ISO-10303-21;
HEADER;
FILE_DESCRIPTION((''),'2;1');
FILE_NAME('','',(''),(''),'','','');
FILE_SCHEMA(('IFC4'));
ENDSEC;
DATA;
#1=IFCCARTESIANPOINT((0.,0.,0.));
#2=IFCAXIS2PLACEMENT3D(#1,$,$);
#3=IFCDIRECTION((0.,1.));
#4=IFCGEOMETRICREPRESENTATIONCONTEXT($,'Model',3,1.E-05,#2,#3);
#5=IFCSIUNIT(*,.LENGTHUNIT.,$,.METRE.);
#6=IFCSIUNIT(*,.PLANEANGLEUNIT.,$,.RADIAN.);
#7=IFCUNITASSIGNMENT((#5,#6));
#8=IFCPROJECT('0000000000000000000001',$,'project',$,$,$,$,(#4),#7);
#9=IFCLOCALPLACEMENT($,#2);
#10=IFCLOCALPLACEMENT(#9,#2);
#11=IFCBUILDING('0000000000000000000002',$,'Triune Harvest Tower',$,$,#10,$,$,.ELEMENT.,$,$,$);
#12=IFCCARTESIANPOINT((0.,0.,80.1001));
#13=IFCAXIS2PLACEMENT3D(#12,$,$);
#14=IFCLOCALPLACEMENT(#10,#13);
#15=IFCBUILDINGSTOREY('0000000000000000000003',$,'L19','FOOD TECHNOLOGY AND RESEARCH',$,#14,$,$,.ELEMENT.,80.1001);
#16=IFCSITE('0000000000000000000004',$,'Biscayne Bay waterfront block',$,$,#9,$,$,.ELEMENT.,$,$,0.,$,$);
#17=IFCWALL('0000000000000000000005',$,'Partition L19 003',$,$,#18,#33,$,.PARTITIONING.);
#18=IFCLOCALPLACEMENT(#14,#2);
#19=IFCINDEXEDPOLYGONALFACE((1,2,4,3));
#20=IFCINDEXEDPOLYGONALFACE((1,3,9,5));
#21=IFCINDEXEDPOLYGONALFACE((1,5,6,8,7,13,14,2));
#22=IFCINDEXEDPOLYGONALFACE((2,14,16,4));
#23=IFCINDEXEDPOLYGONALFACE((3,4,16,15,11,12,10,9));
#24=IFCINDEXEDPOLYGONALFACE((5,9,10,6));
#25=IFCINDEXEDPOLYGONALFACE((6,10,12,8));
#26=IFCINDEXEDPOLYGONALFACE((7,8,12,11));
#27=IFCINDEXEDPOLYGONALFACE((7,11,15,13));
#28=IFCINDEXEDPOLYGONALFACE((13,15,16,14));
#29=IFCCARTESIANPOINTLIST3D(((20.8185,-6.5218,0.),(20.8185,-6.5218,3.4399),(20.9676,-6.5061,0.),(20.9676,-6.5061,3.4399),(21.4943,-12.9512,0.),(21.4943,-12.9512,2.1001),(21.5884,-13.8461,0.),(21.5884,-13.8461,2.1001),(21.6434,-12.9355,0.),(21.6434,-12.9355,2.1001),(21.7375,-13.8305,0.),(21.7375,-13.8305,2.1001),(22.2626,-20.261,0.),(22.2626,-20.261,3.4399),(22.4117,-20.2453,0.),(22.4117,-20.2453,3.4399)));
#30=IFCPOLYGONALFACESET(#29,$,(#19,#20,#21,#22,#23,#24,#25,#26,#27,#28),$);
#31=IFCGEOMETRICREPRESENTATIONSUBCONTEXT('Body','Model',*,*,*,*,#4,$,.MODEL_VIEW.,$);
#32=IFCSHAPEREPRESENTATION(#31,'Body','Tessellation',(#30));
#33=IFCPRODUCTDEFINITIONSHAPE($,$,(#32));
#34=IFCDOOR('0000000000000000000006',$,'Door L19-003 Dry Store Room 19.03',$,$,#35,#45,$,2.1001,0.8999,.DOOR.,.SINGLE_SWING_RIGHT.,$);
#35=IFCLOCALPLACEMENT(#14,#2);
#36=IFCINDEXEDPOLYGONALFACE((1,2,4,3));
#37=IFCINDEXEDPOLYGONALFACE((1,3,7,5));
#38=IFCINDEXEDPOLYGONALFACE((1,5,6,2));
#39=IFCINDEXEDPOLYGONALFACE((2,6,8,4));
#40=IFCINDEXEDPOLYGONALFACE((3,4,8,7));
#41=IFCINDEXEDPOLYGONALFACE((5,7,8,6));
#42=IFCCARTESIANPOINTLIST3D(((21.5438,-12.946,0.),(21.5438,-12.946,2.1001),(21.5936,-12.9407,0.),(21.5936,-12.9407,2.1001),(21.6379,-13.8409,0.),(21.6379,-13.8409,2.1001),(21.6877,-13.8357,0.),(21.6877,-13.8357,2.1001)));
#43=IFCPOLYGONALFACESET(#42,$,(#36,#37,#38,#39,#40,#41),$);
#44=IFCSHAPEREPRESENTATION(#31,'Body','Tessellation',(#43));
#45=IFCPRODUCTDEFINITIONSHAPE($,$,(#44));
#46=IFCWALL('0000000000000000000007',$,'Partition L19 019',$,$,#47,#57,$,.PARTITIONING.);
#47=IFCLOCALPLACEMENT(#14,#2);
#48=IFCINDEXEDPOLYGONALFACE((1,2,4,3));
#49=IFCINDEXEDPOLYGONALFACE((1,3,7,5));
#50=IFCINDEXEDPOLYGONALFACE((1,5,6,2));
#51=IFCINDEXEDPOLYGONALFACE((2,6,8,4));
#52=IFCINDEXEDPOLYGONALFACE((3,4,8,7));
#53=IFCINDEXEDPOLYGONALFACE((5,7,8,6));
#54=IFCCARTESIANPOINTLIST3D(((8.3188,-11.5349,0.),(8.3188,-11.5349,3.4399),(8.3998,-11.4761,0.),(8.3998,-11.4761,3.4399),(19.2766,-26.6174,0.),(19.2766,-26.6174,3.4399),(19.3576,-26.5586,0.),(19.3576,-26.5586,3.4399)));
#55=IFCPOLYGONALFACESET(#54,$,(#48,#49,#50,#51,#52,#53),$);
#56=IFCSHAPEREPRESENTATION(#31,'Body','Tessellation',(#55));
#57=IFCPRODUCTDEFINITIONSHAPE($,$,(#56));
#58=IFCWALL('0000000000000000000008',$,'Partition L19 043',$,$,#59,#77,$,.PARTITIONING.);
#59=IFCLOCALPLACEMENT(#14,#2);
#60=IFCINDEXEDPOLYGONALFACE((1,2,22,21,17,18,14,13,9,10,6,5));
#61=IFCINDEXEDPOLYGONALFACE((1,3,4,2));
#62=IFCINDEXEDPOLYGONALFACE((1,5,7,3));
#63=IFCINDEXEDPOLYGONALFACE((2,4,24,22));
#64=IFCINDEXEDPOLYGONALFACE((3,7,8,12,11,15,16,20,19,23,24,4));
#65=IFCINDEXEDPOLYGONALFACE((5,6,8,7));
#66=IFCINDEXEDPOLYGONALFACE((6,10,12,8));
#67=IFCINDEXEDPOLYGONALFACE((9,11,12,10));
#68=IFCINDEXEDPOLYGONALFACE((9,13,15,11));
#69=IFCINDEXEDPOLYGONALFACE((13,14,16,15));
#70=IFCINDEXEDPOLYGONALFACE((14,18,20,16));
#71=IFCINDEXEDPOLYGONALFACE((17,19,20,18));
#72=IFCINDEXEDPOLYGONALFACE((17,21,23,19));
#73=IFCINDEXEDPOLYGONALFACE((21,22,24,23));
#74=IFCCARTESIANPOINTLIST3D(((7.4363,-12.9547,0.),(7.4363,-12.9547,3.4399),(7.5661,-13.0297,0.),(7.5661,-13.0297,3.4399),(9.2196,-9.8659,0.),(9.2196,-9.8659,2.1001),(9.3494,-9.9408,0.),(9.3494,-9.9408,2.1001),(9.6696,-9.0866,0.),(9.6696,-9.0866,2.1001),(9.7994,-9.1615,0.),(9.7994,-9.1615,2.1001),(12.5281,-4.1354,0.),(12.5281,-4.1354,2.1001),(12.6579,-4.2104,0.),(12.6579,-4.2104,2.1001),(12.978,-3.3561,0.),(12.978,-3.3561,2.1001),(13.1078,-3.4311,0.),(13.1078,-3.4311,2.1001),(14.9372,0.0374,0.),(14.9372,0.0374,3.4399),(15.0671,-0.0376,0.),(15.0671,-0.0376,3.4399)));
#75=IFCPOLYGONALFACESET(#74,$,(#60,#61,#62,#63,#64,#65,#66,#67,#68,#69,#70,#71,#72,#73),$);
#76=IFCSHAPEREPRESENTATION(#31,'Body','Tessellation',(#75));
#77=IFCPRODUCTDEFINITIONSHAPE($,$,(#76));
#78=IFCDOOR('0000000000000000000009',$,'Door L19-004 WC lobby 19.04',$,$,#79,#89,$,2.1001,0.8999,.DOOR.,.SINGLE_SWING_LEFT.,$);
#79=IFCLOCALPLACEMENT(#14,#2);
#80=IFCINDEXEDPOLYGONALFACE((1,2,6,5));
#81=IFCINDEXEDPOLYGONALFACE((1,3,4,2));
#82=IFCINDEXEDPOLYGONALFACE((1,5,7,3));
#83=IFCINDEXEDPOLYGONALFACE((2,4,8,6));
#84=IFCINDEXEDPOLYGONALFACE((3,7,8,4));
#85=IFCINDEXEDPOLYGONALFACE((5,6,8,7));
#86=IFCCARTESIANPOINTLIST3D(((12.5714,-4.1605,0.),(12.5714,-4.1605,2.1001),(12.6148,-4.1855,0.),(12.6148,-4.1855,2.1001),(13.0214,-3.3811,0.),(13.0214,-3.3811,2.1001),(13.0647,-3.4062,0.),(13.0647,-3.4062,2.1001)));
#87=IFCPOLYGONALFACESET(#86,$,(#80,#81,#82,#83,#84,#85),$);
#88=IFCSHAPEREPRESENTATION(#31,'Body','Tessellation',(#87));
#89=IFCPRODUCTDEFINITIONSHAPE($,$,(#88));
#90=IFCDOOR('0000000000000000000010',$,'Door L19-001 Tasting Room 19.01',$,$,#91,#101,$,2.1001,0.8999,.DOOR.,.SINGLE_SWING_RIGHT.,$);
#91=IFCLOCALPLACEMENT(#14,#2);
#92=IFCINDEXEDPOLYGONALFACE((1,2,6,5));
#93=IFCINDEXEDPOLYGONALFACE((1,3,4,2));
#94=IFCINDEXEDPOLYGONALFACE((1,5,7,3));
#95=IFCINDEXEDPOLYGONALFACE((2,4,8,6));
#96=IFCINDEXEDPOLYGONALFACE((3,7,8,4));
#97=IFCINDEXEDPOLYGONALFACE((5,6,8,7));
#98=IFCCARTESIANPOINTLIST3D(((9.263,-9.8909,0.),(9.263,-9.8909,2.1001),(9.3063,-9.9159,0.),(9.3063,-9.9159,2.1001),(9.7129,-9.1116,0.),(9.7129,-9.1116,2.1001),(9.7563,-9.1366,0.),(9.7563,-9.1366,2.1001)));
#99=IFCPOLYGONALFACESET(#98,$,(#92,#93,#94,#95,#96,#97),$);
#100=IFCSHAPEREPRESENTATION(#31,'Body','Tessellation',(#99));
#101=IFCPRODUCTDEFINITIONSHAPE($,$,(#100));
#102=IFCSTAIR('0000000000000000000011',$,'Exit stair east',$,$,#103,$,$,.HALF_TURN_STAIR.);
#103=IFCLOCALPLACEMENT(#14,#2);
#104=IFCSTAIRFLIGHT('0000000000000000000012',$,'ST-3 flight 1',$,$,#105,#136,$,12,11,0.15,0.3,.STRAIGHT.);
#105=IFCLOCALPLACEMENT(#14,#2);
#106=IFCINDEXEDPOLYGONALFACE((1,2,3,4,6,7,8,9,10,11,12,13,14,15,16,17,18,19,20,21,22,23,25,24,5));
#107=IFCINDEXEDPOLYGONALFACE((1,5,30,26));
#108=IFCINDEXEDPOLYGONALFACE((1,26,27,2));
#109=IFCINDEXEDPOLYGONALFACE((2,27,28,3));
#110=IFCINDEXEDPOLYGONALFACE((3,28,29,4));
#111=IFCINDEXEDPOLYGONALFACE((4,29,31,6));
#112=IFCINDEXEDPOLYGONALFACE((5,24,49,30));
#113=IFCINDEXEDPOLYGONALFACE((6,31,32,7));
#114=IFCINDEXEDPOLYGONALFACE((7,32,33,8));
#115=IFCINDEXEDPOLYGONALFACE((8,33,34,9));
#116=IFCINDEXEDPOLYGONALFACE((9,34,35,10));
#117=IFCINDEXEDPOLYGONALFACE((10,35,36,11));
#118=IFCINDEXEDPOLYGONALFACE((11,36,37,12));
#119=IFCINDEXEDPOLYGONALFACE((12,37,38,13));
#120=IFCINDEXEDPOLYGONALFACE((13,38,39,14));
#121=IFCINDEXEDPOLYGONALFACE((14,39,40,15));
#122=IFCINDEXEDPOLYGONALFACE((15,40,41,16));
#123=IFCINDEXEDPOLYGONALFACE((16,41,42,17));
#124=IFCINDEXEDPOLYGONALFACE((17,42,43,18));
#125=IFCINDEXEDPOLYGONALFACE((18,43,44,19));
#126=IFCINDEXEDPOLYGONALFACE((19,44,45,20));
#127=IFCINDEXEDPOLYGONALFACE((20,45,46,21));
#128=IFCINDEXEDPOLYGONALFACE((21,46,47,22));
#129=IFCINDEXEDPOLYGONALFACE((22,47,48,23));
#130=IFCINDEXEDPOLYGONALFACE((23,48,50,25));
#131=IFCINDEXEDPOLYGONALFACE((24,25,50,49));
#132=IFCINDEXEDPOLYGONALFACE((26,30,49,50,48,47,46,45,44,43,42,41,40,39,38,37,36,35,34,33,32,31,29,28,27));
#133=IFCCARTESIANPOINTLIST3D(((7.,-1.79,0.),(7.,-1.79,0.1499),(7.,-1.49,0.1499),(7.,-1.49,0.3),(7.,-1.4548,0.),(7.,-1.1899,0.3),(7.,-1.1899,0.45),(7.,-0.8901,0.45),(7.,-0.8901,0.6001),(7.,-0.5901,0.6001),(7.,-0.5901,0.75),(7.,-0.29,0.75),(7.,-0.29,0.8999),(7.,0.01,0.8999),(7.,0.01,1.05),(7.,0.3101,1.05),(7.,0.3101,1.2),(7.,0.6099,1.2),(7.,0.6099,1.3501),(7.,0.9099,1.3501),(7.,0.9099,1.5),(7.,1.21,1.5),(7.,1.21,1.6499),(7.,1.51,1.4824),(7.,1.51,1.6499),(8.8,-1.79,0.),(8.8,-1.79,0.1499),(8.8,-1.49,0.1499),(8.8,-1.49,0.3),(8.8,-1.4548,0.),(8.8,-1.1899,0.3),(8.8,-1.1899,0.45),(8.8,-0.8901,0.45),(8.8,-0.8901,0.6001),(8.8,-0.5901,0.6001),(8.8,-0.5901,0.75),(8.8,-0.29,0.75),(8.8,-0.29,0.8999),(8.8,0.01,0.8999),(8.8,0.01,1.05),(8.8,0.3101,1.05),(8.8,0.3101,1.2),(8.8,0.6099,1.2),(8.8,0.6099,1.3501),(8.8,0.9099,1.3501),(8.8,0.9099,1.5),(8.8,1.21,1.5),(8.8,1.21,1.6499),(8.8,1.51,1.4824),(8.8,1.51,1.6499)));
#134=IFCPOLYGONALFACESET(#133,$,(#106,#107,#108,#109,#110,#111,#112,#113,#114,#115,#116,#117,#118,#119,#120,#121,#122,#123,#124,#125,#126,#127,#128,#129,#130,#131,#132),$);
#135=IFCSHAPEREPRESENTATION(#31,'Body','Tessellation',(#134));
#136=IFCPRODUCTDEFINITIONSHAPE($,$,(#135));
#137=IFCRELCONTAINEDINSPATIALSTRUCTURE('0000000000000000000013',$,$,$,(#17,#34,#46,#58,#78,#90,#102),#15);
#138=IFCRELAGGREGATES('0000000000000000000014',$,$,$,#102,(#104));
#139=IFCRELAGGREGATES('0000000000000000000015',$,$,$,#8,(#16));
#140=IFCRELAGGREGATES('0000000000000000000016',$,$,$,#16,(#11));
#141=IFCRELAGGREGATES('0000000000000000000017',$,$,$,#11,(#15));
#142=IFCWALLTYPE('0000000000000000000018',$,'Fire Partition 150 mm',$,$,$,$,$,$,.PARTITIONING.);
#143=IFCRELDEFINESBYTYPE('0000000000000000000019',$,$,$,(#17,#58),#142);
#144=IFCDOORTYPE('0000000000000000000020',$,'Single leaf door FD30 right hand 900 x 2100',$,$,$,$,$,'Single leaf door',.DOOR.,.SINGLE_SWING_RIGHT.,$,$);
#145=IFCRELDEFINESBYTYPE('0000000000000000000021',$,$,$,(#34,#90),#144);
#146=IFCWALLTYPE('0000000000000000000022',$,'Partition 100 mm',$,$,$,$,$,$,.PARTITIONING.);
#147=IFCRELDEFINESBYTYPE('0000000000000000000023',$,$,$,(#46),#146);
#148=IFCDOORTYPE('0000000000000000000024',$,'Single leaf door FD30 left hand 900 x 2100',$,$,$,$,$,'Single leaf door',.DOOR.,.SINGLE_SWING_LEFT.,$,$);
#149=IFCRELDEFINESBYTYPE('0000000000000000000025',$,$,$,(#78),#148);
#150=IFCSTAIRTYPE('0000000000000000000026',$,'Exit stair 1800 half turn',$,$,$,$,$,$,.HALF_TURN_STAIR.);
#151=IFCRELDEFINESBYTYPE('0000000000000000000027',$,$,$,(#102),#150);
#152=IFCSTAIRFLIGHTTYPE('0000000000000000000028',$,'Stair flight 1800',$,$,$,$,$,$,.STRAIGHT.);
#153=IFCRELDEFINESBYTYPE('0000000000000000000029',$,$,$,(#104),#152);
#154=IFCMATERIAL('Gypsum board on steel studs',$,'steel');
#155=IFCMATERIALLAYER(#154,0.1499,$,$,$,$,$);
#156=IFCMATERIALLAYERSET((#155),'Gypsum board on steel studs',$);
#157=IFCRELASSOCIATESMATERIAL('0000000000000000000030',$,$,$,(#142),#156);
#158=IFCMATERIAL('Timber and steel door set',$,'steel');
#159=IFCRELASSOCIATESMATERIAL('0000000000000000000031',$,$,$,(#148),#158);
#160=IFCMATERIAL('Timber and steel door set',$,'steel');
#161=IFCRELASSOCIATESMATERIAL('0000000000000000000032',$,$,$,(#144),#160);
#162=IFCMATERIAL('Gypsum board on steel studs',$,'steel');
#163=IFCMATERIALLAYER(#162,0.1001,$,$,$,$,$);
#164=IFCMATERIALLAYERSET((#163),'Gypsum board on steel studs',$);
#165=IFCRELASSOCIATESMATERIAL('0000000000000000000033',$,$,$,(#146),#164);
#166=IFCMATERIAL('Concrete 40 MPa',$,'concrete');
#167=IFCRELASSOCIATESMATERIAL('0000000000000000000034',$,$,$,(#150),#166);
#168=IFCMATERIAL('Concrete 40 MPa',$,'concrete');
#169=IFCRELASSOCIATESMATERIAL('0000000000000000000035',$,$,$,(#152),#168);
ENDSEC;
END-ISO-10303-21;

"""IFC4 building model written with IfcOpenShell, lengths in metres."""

from ifc_helpers import new_model, si_unit, direction, frame, frame_2d, origin, place, context, subcontext, project, spatial, polyline, rectangle, outline, extrude, source, transform, mapped, material, layer, layer_set, type_object, element, fill, aggregate, save


model = new_model("IFC4")

# Units and contexts
model_context = context("Model", 3, precision=1e-05, world=origin(), true_north=direction((0.0, 1.0)))
body_context = subcontext(model_context, "Body", "Model", "MODEL_VIEW")
ifc_project = project(units=[si_unit("LENGTHUNIT", "METRE"), si_unit("PLANEANGLEUNIT", "RADIAN")], contexts=[model_context])

# Site, building, storey
site_placement = place(None, origin())
site = spatial("IfcSite", under=ifc_project, at=site_placement, Name="Biscayne Bay waterfront block", CompositionType="ELEMENT", RefElevation=0.0)
building_placement = place(site_placement, origin())
building = spatial("IfcBuilding", under=site, at=building_placement, Name="Triune Harvest Tower", CompositionType="ELEMENT")
storey_placement = place(building_placement, frame((0.0, 0.0, 80.1001)))
storey = spatial("IfcBuildingStorey", under=building, at=storey_placement, Name="L19", Description="FOOD TECHNOLOGY AND RESEARCH", CompositionType="ELEMENT", Elevation=80.1001)

# Shared definitions
ifc_material_1 = material(Name="Gypsum board on steel studs", Category="steel")
ifc_layer_1 = layer(ifc_material_1, 0.1499)
ifc_layer_set_1 = layer_set([ifc_layer_1], Name="Gypsum board on steel studs")
wall_type_1 = type_object("IfcWallType", Name="Fire Partition 150 mm", PredefinedType="PARTITIONING", material=ifc_layer_set_1)

# Shared definitions
ifc_material_2 = material(Name="Timber and steel door set", Category="steel")
door_type_1 = type_object("IfcDoorType", Name="Single leaf door FD30 left hand 900 x 2100", ElementType="Single leaf door", OperationType="SINGLE_SWING_LEFT", PredefinedType="DOOR", material=ifc_material_2)
ifc_material_3 = material(Name="Timber and steel door set", Category="steel")
door_type_2 = type_object("IfcDoorType", Name="Single leaf door FD30 right hand 900 x 2100", ElementType="Single leaf door", OperationType="SINGLE_SWING_RIGHT", PredefinedType="DOOR", material=ifc_material_3)

# Wall, opening, door
shared_shape_1 = source(origin(), body_context, "Body", "SweptSolid", [
    extrude(rectangle(XDim=13.8149, YDim=0.1499, at=frame_2d((6.9075, 0.0))), origin(), (0.0, 0.0, 1.0), 3.4399),
])
wall_1_placement = place(storey_placement, frame((20.8931, -6.5139, 0.0), z_axis=(0.0, 0.0, 1.0), x_axis=(0.104531, -0.994522, 0.0)))
wall_1 = element("IfcWall", 1, at=wall_1_placement, inside=storey, type_object=wall_type_1, Name="Partition L19 003", PredefinedType="PARTITIONING", context=body_context, shape_type="MappedRepresentation", body=[
    mapped(shared_shape_1, transform((0.0, 0.0, 0.0), scale=1.0)),
])
opening_1_placement = place(wall_1_placement, frame((6.4648, 0.0, 0.0)))
opening_1 = element("IfcOpeningElement", 2, at=opening_1_placement, cuts=wall_1, PredefinedType="OPENING", context=body_context, shape_type="SweptSolid", body=[
    extrude(rectangle(XDim=0.8999, YDim=2.1001, at=frame_2d((0.45, 1.05))), frame((0.0, 0.085, 0.0), z_axis=(0.0, -1.0, 0.0), x_axis=(1.0, 0.0, 0.0)), (0.0, 0.0, 1.0), 0.1699),
])
door_1_placement = place(opening_1_placement, origin())
door_1 = element("IfcDoor", 3, at=door_1_placement, inside=storey, type_object=door_type_2, Name="Door L19-003 Dry Store Room 19.03", OperationType="SINGLE_SWING_RIGHT", OverallHeight=2.1001, OverallWidth=0.8999, PredefinedType="DOOR", context=body_context, shape_type="SweptSolid", body=[
    extrude(rectangle(XDim=0.8999, YDim=2.1001, at=frame_2d((0.45, 1.05))), frame((0.0, 0.0249, 0.0), z_axis=(0.0, -1.0, 0.0), x_axis=(1.0, 0.0, 0.0)), (0.0, 0.0, 1.0), 0.05),
])
fill(opening_1, door_1)

# Wall
ifc_material_4 = material(Name="Gypsum board on steel studs", Category="steel")
ifc_layer_2 = layer(ifc_material_4, 0.1001)
ifc_layer_set_2 = layer_set([ifc_layer_2], Name="Gypsum board on steel studs")
wall_type_2 = type_object("IfcWallType", Name="Partition 100 mm", PredefinedType="PARTITIONING", material=ifc_layer_set_2)
shared_shape_2 = source(origin(), body_context, "Body", "SweptSolid", [
    extrude(rectangle(XDim=18.6428, YDim=0.1001, at=frame_2d((9.3213, 0.0))), origin(), (0.0, 0.0, 1.0), 3.4399),
])
wall_2_placement = place(storey_placement, frame((8.3594, -11.5056, 0.0), z_axis=(0.0, 0.0, 1.0), x_axis=(0.587774, -0.809025, 0.0)))
element("IfcWall", 4, at=wall_2_placement, inside=storey, type_object=wall_type_2, Name="Partition L19 019", PredefinedType="PARTITIONING", context=body_context, shape_type="MappedRepresentation", body=[
    mapped(shared_shape_2, transform((0.0, 0.0, 0.0), scale=1.0)),
])

# Wall, openings, doors
shared_shape_3 = source(origin(), body_context, "Body", "SweptSolid", [
    extrude(rectangle(XDim=15.002, YDim=0.1499, at=frame_2d((7.501, 0.0))), origin(), (0.0, 0.0, 1.0), 3.4399),
])
wall_3_placement = place(storey_placement, frame((7.5012, -12.9922, 0.0), z_axis=(0.0, 0.0, 1.0), x_axis=(0.499997, 0.866027, 0.0)))
wall_3 = element("IfcWall", 5, at=wall_3_placement, inside=storey, type_object=wall_type_1, Name="Partition L19 043", PredefinedType="PARTITIONING", context=body_context, shape_type="MappedRepresentation", body=[
    mapped(shared_shape_3, transform((0.0, 0.0, 0.0), scale=1.0)),
])
opening_2_placement = place(wall_3_placement, frame((3.5667, 0.0, 0.0)))
opening_2 = element("IfcOpeningElement", 6, at=opening_2_placement, cuts=wall_3, PredefinedType="OPENING", context=body_context, shape_type="SweptSolid", body=[
    extrude(rectangle(XDim=0.8999, YDim=2.1001, at=frame_2d((0.45, 1.05))), frame((0.0, 0.085, 0.0), z_axis=(0.0, -1.0, 0.0), x_axis=(1.0, 0.0, 0.0)), (0.0, 0.0, 1.0), 0.1699),
])
opening_3_placement = place(wall_3_placement, frame((10.1836, 0.0, 0.0)))
opening_3 = element("IfcOpeningElement", 7, at=opening_3_placement, cuts=wall_3, PredefinedType="OPENING", context=body_context, shape_type="SweptSolid", body=[
    extrude(rectangle(XDim=0.8999, YDim=2.1001, at=frame_2d((0.45, 1.05))), frame((0.0, 0.085, 0.0), z_axis=(0.0, -1.0, 0.0), x_axis=(1.0, 0.0, 0.0)), (0.0, 0.0, 1.0), 0.1699),
])
door_2_placement = place(opening_3_placement, origin())
door_2 = element("IfcDoor", 8, at=door_2_placement, inside=storey, type_object=door_type_1, Name="Door L19-004 WC lobby 19.04", OperationType="SINGLE_SWING_LEFT", OverallHeight=2.1001, OverallWidth=0.8999, PredefinedType="DOOR", context=body_context, shape_type="SweptSolid", body=[
    extrude(rectangle(XDim=0.8999, YDim=2.1001, at=frame_2d((0.45, 1.05))), frame((0.0, 0.0249, 0.0), z_axis=(0.0, -1.0, 0.0), x_axis=(1.0, 0.0, 0.0)), (0.0, 0.0, 1.0), 0.05),
])
fill(opening_3, door_2)
door_3_placement = place(opening_2_placement, origin())
door_3 = element("IfcDoor", 9, at=door_3_placement, inside=storey, type_object=door_type_2, Name="Door L19-001 Tasting Room 19.01", OperationType="SINGLE_SWING_RIGHT", OverallHeight=2.1001, OverallWidth=0.8999, PredefinedType="DOOR", context=body_context, shape_type="SweptSolid", body=[
    extrude(rectangle(XDim=0.8999, YDim=2.1001, at=frame_2d((0.45, 1.05))), frame((0.0, 0.0249, 0.0), z_axis=(0.0, -1.0, 0.0), x_axis=(1.0, 0.0, 0.0)), (0.0, 0.0, 1.0), 0.05),
])
fill(opening_2, door_3)

# Stair, stair flight
ifc_material_5 = material(Name="Concrete 40 MPa", Category="concrete")
stair_type = type_object("IfcStairType", Name="Exit stair 1800 half turn", PredefinedType="HALF_TURN_STAIR", material=ifc_material_5)
stair_placement = place(storey_placement, origin())
stair = element("IfcStair", 10, at=stair_placement, inside=storey, type_object=stair_type, Name="Exit stair east", PredefinedType="HALF_TURN_STAIR")
ifc_material_6 = material(Name="Concrete 40 MPa", Category="concrete")
stair_flight_type = type_object("IfcStairFlightType", Name="Stair flight 1800", PredefinedType="STRAIGHT", material=ifc_material_6)
shared_shape_4 = source(origin(), body_context, "Body", "SweptSolid", [
    extrude(outline(polyline([(0.0, 0.0), (0.0, 0.1499), (0.3, 0.1499), (0.3, 0.3), (0.6001, 0.3), (0.6001, 0.45), (0.8999, 0.45), (0.8999, 0.6001), (1.2, 0.6001), (1.2, 0.75), (1.5, 0.75), (1.5, 0.8999), (1.8, 0.8999), (1.8, 1.05), (2.1001, 1.05), (2.1001, 1.2), (2.3999, 1.2), (2.3999, 1.3501), (2.7, 1.3501), (2.7, 1.5), (3.0, 1.5), (3.0, 1.6499), (3.3, 1.6499), (3.3, 1.8), (3.3, 1.4824), (0.3352, 0.0), (0.0, 0.0)])), frame((0.0, 0.8999, 0.0), z_axis=(0.0, -1.0, 0.0), x_axis=(1.0, 0.0, 0.0)), (0.0, 0.0, 1.0), 1.8),
])
stair_flight_placement = place(storey_placement, frame((7.8999, -1.79, 0.0), z_axis=(0.0, 0.0, 1.0), x_axis=(0.0, 1.0, 0.0)))
stair_flight = element("IfcStairFlight", 11, at=stair_flight_placement, type_object=stair_flight_type, Name="ST-3 flight 1", NumberOfRisers=12, NumberOfTreads=11, PredefinedType="STRAIGHT", RiserHeight=0.15, TreadLength=0.3, context=body_context, shape_type="MappedRepresentation", body=[
    mapped(shared_shape_4, transform((0.0, 0.0, 0.0), scale=1.0)),
])
aggregate(stair, [stair_flight])

save(model, "model.ifc")
